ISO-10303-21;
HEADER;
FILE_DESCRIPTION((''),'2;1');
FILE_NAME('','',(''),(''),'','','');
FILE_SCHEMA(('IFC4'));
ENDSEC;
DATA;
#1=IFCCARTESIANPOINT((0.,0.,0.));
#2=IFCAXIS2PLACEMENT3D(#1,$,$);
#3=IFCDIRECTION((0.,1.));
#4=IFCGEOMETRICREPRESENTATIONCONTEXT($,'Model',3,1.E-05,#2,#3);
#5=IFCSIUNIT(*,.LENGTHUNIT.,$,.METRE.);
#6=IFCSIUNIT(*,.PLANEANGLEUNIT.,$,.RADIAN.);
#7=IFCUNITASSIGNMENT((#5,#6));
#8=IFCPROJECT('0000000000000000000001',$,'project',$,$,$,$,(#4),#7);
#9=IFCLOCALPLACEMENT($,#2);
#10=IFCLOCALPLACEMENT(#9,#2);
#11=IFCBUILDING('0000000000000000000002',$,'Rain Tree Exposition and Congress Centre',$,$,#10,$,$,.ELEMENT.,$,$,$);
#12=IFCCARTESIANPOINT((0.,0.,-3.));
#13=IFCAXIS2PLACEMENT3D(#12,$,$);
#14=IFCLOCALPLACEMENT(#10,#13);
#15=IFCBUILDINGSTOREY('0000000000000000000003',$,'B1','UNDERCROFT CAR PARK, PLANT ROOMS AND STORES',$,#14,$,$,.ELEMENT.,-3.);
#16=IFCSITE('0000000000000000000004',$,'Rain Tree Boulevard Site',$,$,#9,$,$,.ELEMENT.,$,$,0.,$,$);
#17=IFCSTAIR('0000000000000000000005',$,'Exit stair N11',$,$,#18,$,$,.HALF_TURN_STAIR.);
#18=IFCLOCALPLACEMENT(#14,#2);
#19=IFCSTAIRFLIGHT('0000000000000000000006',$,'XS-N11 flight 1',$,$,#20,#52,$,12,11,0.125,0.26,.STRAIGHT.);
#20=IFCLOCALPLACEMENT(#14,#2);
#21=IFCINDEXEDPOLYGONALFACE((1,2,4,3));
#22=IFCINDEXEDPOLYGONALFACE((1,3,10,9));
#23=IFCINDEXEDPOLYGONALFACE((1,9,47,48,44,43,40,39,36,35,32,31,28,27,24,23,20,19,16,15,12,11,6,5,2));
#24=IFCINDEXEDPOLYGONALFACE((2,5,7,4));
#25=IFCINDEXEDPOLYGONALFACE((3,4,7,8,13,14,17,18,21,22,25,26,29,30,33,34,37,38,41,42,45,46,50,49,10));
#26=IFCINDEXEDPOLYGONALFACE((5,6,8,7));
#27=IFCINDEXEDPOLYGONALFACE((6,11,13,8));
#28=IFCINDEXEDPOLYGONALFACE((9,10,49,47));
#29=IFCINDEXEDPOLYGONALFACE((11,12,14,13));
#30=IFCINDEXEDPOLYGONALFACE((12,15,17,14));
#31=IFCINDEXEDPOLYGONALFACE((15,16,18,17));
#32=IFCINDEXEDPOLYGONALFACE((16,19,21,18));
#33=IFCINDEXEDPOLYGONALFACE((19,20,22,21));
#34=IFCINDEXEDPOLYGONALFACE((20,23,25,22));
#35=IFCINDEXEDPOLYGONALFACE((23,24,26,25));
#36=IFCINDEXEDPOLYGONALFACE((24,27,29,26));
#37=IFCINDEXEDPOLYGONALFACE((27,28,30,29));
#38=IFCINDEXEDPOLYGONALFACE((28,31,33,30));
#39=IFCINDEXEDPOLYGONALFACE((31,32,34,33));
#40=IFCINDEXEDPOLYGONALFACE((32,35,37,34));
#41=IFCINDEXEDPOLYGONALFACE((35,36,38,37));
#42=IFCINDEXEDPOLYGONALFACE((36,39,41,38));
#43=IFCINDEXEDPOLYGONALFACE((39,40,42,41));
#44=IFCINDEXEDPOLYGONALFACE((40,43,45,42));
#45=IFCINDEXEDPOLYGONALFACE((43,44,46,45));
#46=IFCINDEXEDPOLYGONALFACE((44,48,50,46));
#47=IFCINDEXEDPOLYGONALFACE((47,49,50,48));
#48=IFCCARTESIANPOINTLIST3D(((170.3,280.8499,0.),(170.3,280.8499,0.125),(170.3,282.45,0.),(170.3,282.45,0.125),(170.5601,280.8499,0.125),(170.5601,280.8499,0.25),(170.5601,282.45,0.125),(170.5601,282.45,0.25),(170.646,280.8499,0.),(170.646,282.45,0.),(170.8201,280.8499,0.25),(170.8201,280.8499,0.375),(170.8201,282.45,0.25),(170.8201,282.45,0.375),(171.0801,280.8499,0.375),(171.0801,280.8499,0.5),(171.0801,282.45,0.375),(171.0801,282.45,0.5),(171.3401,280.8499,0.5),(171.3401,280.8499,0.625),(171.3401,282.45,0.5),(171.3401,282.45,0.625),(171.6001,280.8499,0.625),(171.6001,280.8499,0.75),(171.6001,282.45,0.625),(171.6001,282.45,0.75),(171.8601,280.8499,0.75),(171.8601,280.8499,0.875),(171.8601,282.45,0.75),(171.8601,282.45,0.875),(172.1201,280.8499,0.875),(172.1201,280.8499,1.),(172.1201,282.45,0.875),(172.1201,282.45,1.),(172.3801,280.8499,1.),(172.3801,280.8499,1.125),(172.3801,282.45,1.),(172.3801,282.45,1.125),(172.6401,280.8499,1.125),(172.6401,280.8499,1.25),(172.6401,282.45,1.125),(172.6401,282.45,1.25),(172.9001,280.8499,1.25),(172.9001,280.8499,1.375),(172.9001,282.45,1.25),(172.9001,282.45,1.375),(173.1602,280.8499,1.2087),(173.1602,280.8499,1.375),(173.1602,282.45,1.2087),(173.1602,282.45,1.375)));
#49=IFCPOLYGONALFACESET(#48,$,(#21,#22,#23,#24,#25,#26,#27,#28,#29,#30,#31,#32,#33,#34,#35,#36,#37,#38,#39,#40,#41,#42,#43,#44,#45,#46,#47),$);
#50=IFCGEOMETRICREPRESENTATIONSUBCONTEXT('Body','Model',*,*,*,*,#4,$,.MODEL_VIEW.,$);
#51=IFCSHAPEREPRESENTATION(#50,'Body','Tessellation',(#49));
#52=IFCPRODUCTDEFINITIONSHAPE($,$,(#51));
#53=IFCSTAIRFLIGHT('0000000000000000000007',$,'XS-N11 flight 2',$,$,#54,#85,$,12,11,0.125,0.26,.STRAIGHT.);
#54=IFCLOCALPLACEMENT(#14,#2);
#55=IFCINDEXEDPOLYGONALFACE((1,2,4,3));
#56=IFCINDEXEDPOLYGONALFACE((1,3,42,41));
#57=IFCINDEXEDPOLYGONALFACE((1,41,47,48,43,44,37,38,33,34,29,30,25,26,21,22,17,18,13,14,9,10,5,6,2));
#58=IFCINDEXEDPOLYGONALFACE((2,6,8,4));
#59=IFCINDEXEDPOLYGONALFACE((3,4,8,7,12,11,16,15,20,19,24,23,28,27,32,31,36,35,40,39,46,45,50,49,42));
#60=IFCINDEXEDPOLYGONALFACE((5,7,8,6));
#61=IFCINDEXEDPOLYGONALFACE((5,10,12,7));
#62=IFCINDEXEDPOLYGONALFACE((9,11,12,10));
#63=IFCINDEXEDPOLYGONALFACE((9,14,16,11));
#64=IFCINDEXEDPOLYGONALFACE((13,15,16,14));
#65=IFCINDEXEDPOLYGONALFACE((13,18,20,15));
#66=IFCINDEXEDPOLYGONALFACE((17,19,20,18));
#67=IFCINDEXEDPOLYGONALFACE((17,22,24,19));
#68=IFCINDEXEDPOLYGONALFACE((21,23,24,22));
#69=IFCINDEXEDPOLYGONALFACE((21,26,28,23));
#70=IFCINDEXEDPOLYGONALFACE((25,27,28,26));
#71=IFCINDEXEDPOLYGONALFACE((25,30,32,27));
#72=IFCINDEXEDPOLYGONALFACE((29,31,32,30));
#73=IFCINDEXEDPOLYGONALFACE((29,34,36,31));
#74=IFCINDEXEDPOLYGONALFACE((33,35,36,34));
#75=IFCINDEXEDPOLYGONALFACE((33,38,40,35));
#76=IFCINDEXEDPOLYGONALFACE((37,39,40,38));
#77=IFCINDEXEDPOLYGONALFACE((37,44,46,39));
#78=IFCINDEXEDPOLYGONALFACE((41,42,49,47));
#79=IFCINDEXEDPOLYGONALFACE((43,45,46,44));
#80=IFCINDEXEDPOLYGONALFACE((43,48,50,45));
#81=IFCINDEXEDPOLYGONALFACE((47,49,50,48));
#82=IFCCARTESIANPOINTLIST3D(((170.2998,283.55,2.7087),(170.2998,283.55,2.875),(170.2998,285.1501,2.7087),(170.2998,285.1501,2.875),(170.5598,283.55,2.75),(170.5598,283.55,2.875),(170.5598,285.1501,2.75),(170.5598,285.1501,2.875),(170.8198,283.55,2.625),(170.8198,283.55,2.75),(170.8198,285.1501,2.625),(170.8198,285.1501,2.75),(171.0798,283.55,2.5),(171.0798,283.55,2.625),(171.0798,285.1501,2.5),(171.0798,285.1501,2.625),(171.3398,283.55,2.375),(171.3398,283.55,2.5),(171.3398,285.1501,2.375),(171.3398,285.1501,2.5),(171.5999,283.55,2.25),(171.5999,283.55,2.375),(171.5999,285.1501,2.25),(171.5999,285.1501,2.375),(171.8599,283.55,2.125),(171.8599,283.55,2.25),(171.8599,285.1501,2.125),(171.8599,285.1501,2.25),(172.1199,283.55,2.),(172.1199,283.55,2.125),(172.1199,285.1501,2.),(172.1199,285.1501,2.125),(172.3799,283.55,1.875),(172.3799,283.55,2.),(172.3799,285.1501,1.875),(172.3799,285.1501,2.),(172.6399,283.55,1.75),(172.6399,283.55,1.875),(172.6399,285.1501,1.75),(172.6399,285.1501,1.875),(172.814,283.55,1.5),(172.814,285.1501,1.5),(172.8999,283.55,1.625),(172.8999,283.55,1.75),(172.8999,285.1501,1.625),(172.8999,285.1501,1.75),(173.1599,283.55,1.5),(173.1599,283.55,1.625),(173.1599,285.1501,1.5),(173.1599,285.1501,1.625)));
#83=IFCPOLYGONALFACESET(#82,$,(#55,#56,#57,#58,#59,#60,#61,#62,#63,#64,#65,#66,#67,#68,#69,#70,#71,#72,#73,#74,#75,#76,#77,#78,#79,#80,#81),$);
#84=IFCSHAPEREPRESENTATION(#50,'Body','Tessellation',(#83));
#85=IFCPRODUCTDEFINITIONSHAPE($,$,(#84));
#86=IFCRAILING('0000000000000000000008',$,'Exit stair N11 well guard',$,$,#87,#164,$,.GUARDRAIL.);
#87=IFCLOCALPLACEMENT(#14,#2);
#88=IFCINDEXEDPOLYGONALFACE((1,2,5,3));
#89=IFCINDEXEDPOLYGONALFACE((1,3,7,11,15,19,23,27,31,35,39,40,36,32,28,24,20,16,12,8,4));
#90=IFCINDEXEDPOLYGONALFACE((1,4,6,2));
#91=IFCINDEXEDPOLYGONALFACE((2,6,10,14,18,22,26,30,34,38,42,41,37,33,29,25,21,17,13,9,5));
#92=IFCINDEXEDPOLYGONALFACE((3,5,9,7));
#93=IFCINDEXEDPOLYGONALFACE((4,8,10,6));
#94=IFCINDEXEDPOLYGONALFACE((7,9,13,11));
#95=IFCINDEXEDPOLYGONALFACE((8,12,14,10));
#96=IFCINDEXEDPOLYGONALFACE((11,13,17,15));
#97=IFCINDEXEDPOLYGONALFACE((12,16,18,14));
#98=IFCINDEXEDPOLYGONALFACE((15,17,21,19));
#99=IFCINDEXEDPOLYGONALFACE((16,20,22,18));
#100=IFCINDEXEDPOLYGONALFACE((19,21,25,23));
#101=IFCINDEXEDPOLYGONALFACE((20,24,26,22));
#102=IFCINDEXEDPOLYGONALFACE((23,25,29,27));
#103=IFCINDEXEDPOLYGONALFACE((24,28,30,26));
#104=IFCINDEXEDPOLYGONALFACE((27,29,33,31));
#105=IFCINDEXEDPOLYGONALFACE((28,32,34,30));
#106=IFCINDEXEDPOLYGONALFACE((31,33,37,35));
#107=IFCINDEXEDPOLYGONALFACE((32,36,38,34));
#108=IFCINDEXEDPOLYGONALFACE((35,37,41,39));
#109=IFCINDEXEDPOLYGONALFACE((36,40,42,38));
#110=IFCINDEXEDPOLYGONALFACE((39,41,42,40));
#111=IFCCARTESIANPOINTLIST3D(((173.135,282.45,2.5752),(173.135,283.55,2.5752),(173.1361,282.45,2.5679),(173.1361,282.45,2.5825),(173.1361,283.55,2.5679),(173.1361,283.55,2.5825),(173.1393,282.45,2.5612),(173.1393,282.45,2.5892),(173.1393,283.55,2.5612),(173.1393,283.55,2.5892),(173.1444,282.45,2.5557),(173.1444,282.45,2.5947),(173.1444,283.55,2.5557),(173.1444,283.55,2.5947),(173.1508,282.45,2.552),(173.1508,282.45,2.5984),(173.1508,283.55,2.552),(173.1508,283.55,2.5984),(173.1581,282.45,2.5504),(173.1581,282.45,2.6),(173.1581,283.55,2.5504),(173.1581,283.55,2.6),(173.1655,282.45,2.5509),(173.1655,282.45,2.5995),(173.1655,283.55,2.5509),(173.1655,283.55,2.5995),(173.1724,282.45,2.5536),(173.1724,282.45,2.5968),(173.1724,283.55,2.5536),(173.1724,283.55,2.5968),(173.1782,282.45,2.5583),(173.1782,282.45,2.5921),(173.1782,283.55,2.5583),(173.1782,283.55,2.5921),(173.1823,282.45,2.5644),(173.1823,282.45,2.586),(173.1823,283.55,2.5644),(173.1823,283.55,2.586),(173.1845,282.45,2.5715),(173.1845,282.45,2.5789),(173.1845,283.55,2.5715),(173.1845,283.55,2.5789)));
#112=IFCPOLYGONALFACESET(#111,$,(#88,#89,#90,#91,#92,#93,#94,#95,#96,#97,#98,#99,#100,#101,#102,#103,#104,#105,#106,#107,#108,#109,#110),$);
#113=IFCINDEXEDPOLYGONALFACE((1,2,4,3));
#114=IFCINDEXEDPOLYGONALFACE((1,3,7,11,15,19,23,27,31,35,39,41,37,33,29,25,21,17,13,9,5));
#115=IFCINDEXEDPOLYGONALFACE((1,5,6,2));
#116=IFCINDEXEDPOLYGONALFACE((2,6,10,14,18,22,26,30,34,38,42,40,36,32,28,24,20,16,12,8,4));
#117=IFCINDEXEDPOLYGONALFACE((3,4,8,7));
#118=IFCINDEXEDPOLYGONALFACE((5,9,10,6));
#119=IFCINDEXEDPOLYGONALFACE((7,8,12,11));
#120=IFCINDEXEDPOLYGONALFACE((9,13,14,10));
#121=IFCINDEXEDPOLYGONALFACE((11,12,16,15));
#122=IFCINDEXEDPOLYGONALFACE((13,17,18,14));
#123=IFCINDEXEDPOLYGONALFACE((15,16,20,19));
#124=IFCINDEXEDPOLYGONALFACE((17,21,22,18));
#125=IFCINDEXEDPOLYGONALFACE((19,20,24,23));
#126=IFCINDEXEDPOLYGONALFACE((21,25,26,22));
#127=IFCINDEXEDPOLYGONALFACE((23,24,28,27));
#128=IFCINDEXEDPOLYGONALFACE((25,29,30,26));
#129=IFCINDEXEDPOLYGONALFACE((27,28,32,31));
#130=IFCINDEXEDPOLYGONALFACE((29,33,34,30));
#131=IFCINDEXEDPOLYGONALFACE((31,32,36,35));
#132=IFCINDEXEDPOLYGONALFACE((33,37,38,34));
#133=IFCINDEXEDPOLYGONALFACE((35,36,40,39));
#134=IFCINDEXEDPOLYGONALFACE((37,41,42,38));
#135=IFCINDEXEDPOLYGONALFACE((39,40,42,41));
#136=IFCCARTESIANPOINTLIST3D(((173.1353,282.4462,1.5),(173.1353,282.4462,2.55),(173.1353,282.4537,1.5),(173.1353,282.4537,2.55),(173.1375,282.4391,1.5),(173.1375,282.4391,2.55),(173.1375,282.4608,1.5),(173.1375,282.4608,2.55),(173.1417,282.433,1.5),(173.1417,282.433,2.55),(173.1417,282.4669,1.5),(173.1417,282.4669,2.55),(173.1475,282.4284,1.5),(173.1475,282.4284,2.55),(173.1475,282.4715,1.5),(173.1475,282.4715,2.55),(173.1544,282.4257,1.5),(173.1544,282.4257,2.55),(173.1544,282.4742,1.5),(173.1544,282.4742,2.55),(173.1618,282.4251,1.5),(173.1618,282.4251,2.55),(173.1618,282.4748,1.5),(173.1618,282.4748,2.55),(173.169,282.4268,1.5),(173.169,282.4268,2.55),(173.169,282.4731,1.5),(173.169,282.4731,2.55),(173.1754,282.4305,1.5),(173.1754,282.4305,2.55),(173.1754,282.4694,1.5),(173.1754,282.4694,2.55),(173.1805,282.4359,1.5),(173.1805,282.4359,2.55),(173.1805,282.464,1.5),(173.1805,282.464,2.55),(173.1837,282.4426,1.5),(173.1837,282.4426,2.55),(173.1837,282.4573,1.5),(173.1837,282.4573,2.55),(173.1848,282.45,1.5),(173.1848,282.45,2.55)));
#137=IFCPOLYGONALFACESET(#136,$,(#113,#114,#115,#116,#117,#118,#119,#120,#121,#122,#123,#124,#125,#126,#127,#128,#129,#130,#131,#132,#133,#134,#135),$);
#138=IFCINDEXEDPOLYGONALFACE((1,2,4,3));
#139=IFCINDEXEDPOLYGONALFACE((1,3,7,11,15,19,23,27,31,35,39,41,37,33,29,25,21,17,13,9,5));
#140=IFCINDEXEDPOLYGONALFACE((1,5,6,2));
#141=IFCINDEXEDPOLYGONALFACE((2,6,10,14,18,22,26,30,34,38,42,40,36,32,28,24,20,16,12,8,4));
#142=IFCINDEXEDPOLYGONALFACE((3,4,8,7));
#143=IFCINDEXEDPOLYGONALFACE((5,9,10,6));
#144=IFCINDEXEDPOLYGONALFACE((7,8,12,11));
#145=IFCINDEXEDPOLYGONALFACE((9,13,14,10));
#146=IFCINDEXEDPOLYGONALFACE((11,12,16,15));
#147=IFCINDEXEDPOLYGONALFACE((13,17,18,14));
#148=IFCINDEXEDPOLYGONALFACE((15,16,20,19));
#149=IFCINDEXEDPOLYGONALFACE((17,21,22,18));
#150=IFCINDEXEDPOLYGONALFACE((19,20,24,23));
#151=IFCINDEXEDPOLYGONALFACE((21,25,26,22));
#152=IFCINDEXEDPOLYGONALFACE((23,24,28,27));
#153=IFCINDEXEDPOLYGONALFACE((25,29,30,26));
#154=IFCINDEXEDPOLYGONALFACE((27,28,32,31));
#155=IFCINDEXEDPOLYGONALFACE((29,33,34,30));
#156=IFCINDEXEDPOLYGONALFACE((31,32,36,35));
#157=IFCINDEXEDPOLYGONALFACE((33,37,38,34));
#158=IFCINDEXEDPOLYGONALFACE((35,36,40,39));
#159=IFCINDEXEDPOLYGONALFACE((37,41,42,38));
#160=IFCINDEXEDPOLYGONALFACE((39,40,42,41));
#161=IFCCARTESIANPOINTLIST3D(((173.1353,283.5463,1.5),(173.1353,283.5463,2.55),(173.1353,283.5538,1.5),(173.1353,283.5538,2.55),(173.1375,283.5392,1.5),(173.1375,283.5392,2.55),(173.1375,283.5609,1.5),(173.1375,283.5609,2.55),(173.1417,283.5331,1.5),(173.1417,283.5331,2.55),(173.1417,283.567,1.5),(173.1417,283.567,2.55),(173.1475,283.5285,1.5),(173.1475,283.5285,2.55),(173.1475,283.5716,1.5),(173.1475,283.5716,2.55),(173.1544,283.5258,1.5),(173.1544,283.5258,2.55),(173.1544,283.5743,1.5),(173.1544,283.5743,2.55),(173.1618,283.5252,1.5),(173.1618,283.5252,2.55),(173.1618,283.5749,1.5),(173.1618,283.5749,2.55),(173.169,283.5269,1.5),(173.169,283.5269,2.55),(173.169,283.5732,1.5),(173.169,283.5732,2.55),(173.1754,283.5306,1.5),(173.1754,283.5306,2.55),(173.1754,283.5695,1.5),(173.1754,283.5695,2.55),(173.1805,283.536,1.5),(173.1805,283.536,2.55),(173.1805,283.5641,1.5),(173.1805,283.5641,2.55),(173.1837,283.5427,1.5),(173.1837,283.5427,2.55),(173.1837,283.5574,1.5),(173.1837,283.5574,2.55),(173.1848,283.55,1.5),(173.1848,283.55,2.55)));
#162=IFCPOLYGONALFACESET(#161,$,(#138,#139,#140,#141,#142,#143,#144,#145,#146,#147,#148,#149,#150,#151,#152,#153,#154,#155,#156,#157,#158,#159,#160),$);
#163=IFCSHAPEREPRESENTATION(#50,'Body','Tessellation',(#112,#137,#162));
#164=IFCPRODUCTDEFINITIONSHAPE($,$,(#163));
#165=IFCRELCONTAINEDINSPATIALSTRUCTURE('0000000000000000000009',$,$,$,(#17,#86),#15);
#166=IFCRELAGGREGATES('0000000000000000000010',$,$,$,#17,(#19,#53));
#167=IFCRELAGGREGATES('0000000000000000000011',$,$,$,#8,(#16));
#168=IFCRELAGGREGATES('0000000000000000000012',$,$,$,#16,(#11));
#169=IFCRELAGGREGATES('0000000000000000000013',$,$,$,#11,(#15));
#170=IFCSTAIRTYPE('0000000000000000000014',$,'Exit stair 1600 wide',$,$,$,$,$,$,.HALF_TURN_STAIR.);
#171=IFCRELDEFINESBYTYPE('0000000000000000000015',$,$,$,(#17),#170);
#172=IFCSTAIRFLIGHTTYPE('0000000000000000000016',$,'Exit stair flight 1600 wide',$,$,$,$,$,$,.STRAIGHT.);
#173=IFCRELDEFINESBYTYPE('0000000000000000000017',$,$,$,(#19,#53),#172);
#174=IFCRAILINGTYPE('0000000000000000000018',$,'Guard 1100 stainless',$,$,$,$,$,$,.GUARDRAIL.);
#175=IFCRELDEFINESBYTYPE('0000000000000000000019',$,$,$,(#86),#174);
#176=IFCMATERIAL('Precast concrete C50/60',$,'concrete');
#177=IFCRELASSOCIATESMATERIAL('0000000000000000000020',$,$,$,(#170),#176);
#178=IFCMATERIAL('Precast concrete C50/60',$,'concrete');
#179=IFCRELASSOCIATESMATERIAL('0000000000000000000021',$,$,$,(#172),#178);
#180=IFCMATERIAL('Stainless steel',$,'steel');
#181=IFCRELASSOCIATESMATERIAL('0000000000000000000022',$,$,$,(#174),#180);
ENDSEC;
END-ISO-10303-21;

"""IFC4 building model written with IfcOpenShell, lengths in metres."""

from ifc_helpers import new_model, si_unit, direction, frame, origin, origin_2d, place, context, subcontext, project, spatial, polyline, circle, outline, extrude, material, type_object, element, aggregate, save


model = new_model("IFC4")

# Units and contexts
model_context = context("Model", 3, precision=1e-05, world=origin(), true_north=direction((0.0, 1.0)))
body_context = subcontext(model_context, "Body", "Model", "MODEL_VIEW")
ifc_project = project(units=[si_unit("LENGTHUNIT", "METRE"), si_unit("PLANEANGLEUNIT", "RADIAN")], contexts=[model_context])

# Site, building, storey
site_placement = place(None, origin())
site = spatial("IfcSite", under=ifc_project, at=site_placement, Name="Rain Tree Boulevard Site", CompositionType="ELEMENT", RefElevation=0.0)
building_placement = place(site_placement, origin())
building = spatial("IfcBuilding", under=site, at=building_placement, Name="Rain Tree Exposition and Congress Centre", CompositionType="ELEMENT")
storey_placement = place(building_placement, frame((0.0, 0.0, -3.0)))
storey = spatial("IfcBuildingStorey", under=building, at=storey_placement, Name="B1", Description="UNDERCROFT CAR PARK, PLANT ROOMS AND STORES", CompositionType="ELEMENT", Elevation=-3.0)

# Stair, stair flights
ifc_material_1 = material(Name="Precast concrete C50/60", Category="concrete")
stair_type = type_object("IfcStairType", Name="Exit stair 1600 wide", PredefinedType="HALF_TURN_STAIR", material=ifc_material_1)
stair_placement = place(storey_placement, origin())
stair = element("IfcStair", 1, at=stair_placement, inside=storey, type_object=stair_type, Name="Exit stair N11", PredefinedType="HALF_TURN_STAIR")
ifc_material_2 = material(Name="Precast concrete C50/60", Category="concrete")
stair_flight_type = type_object("IfcStairFlightType", Name="Exit stair flight 1600 wide", PredefinedType="STRAIGHT", material=ifc_material_2)
stair_flight_1_placement = place(storey_placement, frame((170.3, 281.6499, 0.0), z_axis=(0.0, 0.0, 1.0), x_axis=(1.0, 0.0, 0.0)))
stair_flight_1 = element("IfcStairFlight", 2, at=stair_flight_1_placement, type_object=stair_flight_type, Name="XS-N11 flight 1", NumberOfRisers=12, NumberOfTreads=11, PredefinedType="STRAIGHT", RiserHeight=0.125, TreadLength=0.26, context=body_context, shape_type="SweptSolid", body=[
    extrude(outline(polyline([(0.0, 0.0), (0.0, 0.125), (0.26, 0.125), (0.26, 0.25), (0.52, 0.25), (0.52, 0.375), (0.78, 0.375), (0.78, 0.5), (1.04, 0.5), (1.04, 0.625), (1.3, 0.625), (1.3, 0.75), (1.5601, 0.75), (1.5601, 0.875), (1.8201, 0.875), (1.8201, 1.0), (2.0801, 1.0), (2.0801, 1.125), (2.3401, 1.125), (2.3401, 1.25), (2.6001, 1.25), (2.6001, 1.375), (2.8601, 1.375), (2.8601, 1.5), (2.8601, 1.2087), (0.3459, 0.0), (0.0, 0.0)])), frame((0.0, 0.8, 0.0), z_axis=(0.0, -1.0, 0.0), x_axis=(1.0, 0.0, 0.0)), (0.0, 0.0, 1.0), 1.6001),
])
stair_flight_2_placement = place(storey_placement, frame((173.1599, 284.3501, 1.5), z_axis=(0.0, 0.0, 1.0), x_axis=(-1.0, 0.0, 0.0)))
stair_flight_2 = element("IfcStairFlight", 3, at=stair_flight_2_placement, type_object=stair_flight_type, Name="XS-N11 flight 2", NumberOfRisers=12, NumberOfTreads=11, PredefinedType="STRAIGHT", RiserHeight=0.125, TreadLength=0.26, context=body_context, shape_type="SweptSolid", body=[
    extrude(outline(polyline([(0.0, 0.0), (0.0, 0.125), (0.26, 0.125), (0.26, 0.25), (0.52, 0.25), (0.52, 0.375), (0.78, 0.375), (0.78, 0.5), (1.04, 0.5), (1.04, 0.625), (1.3, 0.625), (1.3, 0.75), (1.5601, 0.75), (1.5601, 0.875), (1.8201, 0.875), (1.8201, 1.0), (2.0801, 1.0), (2.0801, 1.125), (2.3401, 1.125), (2.3401, 1.25), (2.6001, 1.25), (2.6001, 1.375), (2.8601, 1.375), (2.8601, 1.5), (2.8601, 1.2087), (0.3459, 0.0), (0.0, 0.0)])), frame((0.0, 0.8, 0.0), z_axis=(0.0, -1.0, 0.0), x_axis=(1.0, 0.0, 0.0)), (0.0, 0.0, 1.0), 1.6001),
])
aggregate(stair, [stair_flight_1, stair_flight_2])

# Railing
ifc_material_3 = material(Name="Stainless steel", Category="steel")
railing_type = type_object("IfcRailingType", Name="Guard 1100 stainless", PredefinedType="GUARDRAIL", material=ifc_material_3)
railing_placement = place(storey_placement, frame((173.1599, 282.45, 1.5)))
element("IfcRailing", 4, at=railing_placement, inside=storey, type_object=railing_type, Name="Exit stair N11 well guard", PredefinedType="GUARDRAIL", context=body_context, shape_type="SweptSolid", body=[
    extrude(circle(Radius=0.0249, at=origin_2d()), frame((0.0, 0.0, 1.0752), z_axis=(0.0, 1.0, 0.0), x_axis=(-1.0, 0.0, 0.0)), (0.0, 0.0, 1.0), 1.1001),
    extrude(circle(Radius=0.0249, at=origin_2d()), origin(), (0.0, 0.0, 1.0), 1.05),
    extrude(circle(Radius=0.0249, at=origin_2d()), frame((0.0, 1.1001, 0.0)), (0.0, 0.0, 1.0), 1.05),
])

save(model, "model.ifc")
